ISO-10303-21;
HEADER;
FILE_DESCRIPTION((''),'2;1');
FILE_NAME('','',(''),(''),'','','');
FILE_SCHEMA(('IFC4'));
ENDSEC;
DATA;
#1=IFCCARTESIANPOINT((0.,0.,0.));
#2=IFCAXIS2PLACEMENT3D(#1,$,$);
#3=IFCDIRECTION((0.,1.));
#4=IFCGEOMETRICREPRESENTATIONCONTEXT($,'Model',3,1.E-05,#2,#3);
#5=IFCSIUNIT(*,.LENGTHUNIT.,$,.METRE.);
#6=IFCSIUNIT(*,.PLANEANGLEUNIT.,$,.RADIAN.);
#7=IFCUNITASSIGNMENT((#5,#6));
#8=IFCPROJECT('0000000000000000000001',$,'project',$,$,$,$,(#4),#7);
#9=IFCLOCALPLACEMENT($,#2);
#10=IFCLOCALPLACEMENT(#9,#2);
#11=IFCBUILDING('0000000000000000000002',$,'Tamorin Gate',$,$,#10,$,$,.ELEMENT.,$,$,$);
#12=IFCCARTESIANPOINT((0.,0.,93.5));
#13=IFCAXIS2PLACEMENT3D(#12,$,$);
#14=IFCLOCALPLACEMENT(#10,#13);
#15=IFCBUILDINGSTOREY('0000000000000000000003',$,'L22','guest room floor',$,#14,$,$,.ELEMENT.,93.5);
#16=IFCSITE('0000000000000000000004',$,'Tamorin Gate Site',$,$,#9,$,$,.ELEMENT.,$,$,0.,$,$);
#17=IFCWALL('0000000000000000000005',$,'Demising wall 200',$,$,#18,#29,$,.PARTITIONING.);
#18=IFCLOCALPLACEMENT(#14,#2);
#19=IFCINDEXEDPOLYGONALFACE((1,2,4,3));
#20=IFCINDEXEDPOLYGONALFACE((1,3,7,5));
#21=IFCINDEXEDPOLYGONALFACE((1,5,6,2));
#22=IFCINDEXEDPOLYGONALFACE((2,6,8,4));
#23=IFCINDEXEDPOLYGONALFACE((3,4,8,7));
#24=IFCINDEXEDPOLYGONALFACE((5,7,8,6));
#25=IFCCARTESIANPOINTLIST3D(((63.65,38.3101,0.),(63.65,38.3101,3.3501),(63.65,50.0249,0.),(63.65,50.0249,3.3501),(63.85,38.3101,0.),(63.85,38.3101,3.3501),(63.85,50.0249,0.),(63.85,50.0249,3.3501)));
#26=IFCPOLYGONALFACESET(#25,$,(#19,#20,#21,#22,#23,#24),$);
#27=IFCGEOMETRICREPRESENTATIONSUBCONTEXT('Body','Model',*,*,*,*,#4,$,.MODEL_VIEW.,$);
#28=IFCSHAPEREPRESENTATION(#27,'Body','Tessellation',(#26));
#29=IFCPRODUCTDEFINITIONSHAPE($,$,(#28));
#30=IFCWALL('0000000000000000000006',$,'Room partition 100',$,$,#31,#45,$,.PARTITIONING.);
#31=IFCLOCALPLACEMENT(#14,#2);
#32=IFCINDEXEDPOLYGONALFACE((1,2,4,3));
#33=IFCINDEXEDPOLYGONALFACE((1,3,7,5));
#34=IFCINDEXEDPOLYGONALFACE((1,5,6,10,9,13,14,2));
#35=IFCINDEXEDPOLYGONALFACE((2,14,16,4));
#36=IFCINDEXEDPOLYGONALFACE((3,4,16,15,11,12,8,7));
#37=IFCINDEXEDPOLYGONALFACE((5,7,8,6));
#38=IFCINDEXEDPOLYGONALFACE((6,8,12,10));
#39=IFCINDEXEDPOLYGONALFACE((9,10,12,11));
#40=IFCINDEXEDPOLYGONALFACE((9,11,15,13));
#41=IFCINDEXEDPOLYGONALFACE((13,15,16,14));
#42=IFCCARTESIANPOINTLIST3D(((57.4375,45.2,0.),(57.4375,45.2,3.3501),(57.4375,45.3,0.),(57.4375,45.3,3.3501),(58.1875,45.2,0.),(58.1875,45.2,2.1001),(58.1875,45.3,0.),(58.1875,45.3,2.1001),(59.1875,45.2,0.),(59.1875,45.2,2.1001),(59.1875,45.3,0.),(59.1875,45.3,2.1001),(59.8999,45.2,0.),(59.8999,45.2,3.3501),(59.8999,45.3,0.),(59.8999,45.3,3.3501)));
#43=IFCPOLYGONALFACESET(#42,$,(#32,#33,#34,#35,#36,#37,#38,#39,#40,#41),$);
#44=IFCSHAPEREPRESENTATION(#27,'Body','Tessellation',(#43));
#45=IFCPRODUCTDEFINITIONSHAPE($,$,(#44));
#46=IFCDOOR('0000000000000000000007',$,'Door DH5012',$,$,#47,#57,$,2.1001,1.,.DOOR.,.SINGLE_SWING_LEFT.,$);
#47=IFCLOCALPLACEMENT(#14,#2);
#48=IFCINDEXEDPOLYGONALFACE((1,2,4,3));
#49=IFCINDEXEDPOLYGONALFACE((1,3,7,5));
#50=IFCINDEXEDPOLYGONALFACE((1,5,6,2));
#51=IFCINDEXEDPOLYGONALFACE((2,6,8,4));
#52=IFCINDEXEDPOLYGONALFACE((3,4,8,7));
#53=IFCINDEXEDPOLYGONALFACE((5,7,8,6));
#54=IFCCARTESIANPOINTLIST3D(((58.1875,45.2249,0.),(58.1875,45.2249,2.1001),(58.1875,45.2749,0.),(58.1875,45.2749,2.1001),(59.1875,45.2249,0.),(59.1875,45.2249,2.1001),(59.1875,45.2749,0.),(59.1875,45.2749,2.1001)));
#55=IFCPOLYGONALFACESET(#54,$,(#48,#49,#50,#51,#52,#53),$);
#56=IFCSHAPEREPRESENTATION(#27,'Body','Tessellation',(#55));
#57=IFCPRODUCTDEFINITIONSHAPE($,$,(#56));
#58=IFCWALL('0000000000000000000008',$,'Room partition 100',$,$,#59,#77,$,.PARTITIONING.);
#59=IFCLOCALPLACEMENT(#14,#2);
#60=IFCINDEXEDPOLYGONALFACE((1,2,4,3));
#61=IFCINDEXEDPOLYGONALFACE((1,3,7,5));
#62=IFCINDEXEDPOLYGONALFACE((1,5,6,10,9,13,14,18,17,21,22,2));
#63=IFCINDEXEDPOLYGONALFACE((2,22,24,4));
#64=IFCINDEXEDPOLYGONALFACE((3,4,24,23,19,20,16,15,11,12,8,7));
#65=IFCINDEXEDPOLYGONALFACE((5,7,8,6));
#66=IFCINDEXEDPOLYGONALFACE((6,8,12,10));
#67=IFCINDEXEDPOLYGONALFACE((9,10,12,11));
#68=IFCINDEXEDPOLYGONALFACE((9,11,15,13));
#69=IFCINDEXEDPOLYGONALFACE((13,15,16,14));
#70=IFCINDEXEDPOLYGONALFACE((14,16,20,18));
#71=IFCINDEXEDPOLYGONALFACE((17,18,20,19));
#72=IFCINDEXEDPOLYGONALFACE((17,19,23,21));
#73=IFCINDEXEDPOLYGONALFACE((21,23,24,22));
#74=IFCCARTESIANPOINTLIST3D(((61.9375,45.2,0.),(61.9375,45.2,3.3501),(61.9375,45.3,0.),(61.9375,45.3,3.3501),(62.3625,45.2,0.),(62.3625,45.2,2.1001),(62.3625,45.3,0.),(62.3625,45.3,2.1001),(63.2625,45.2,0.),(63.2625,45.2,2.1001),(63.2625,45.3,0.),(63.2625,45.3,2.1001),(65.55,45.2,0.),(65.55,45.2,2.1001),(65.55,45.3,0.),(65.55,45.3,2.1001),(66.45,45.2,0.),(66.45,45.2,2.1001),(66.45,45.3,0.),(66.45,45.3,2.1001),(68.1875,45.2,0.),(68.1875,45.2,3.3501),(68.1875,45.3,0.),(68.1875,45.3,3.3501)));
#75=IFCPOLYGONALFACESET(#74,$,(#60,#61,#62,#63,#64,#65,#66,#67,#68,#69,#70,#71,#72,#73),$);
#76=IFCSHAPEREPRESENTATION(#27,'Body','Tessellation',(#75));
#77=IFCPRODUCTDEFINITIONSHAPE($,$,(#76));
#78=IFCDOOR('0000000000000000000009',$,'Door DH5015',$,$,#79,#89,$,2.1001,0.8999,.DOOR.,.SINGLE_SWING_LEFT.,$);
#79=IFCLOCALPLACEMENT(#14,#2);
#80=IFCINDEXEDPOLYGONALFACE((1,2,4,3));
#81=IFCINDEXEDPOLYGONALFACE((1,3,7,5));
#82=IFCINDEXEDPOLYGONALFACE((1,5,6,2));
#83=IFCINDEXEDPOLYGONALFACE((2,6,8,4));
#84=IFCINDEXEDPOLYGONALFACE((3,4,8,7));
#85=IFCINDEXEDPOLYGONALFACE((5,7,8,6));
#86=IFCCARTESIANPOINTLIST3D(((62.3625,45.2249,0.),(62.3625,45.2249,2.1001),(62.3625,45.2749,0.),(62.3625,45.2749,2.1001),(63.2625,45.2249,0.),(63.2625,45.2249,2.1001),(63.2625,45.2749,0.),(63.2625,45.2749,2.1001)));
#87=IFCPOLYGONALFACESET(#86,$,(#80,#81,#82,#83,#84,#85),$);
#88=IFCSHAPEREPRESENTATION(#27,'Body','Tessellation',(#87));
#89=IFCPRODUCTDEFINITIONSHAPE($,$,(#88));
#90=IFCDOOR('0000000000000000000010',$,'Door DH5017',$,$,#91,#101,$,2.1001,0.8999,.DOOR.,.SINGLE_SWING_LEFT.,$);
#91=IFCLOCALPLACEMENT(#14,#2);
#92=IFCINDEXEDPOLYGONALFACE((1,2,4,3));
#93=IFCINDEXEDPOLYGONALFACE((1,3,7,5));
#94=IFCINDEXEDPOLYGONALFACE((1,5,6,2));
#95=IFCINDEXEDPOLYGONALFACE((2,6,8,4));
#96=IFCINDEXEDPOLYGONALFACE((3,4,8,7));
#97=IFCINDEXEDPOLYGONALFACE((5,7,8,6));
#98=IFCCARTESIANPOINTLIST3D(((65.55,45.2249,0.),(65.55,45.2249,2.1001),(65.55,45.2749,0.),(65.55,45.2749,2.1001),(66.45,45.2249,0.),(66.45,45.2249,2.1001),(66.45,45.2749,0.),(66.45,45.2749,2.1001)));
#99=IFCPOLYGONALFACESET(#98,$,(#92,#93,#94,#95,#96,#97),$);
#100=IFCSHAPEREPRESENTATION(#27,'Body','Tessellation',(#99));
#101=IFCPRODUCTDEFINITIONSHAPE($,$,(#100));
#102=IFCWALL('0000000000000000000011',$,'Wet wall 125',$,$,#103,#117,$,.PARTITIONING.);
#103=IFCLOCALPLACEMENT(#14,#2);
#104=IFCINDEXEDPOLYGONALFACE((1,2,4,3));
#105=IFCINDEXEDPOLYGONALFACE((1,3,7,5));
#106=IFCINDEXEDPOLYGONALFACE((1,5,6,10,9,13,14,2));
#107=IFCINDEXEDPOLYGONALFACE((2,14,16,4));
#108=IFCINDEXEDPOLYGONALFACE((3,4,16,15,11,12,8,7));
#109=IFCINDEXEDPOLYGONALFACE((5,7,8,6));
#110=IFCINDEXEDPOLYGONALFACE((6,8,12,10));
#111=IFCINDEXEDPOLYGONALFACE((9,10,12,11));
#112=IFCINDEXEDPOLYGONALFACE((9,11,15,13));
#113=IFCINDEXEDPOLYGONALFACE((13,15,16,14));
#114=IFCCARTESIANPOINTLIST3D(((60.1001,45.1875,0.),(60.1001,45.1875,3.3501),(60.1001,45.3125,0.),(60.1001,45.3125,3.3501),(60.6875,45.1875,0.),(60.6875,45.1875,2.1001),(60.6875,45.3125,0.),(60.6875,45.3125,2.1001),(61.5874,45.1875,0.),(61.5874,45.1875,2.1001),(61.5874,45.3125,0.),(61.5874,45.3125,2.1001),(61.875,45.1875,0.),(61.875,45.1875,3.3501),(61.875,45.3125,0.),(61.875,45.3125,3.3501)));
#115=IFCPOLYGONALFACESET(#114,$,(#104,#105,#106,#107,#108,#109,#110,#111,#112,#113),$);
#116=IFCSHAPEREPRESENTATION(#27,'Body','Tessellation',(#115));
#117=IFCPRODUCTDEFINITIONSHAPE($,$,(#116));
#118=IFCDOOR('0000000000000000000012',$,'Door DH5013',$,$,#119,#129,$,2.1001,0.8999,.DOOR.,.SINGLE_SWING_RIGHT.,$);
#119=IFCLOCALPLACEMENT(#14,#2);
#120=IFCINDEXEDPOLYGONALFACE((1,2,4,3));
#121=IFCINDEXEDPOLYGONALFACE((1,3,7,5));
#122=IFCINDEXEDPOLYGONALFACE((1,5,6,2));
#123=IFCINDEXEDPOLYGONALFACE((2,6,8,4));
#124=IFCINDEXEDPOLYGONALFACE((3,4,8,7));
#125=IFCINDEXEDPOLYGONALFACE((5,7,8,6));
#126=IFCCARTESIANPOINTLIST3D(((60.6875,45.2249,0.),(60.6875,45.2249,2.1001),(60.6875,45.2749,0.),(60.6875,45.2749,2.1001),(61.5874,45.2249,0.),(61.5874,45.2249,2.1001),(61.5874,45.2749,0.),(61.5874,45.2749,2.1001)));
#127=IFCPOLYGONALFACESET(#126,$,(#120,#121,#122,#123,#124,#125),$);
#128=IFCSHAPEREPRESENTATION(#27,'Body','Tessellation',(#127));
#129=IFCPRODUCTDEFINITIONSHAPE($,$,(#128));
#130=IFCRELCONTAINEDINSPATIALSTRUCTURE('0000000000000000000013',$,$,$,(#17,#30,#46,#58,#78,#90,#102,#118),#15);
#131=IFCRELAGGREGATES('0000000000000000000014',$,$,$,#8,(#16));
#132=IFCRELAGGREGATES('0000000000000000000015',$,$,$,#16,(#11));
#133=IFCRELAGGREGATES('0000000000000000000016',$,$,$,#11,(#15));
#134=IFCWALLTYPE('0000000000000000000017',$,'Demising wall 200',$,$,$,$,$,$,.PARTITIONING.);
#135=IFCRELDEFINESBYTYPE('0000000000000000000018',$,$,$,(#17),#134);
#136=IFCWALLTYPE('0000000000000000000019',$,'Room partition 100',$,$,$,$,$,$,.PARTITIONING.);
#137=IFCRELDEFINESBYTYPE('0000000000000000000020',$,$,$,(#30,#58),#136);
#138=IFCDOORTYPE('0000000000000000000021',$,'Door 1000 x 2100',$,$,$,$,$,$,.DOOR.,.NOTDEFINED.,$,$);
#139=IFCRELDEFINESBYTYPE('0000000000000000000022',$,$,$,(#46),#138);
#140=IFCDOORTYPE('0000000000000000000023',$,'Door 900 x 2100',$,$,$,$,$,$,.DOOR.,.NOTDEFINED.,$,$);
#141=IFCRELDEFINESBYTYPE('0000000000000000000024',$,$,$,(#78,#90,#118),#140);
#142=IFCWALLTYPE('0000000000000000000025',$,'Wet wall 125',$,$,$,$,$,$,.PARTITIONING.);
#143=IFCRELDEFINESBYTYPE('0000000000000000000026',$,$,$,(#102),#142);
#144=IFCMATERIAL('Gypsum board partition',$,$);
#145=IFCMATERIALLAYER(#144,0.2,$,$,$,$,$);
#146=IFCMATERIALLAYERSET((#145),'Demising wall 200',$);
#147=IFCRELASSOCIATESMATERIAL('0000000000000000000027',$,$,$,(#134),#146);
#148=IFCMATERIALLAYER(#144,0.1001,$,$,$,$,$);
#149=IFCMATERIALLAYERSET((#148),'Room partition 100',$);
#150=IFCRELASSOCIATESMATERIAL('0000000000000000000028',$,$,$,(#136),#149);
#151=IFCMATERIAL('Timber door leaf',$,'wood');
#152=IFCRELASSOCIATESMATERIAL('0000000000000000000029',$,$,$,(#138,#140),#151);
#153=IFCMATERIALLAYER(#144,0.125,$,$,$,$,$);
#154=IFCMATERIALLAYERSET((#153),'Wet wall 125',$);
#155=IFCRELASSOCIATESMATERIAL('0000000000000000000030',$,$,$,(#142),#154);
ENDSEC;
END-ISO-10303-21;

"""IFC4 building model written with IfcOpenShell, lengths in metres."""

from ifc_helpers import new_model, si_unit, direction, frame, frame_2d, origin, place, context, subcontext, project, spatial, rectangle, extrude, material, layer, layer_set, type_object, element, fill, save


model = new_model("IFC4")

# Units and contexts
model_context = context("Model", 3, precision=1e-05, world=origin(), true_north=direction((0.0, 1.0)))
body_context = subcontext(model_context, "Body", "Model", "MODEL_VIEW")
ifc_project = project(units=[si_unit("LENGTHUNIT", "METRE"), si_unit("PLANEANGLEUNIT", "RADIAN")], contexts=[model_context])

# Site, building, storey
site_placement = place(None, origin())
site = spatial("IfcSite", under=ifc_project, at=site_placement, Name="Tamorin Gate Site", CompositionType="ELEMENT", RefElevation=0.0)
building_placement = place(site_placement, origin())
building = spatial("IfcBuilding", under=site, at=building_placement, Name="Tamorin Gate", CompositionType="ELEMENT")
storey_placement = place(building_placement, frame((0.0, 0.0, 93.5)))
storey = spatial("IfcBuildingStorey", under=building, at=storey_placement, Name="L22", Description="guest room floor", CompositionType="ELEMENT", Elevation=93.5)

# Wall
ifc_material_1 = material(Name="Gypsum board partition")
ifc_layer_1 = layer(ifc_material_1, 0.2)
ifc_layer_set_1 = layer_set([ifc_layer_1], Name="Demising wall 200")
wall_type_1 = type_object("IfcWallType", Name="Demising wall 200", PredefinedType="PARTITIONING", material=ifc_layer_set_1)
wall_1_placement = place(storey_placement, frame((63.75, 38.3101, 0.0), z_axis=(0.0, 0.0, 1.0), x_axis=(0.0, 1.0, 0.0)))
element("IfcWall", 1, at=wall_1_placement, inside=storey, type_object=wall_type_1, Name="Demising wall 200", PredefinedType="PARTITIONING", context=body_context, shape_type="SweptSolid", body=[
    extrude(rectangle(XDim=11.7148, YDim=0.2, at=frame_2d((5.8574, 0.0))), origin(), (0.0, 0.0, 1.0), 3.3501),
])

# Wall, opening, door
ifc_layer_2 = layer(ifc_material_1, 0.1001)
ifc_layer_set_2 = layer_set([ifc_layer_2], Name="Room partition 100")
wall_type_2 = type_object("IfcWallType", Name="Room partition 100", PredefinedType="PARTITIONING", material=ifc_layer_set_2)
wall_2_placement = place(storey_placement, frame((57.4375, 45.25, 0.0), z_axis=(0.0, 0.0, 1.0), x_axis=(1.0, 0.0, 0.0)))
wall_2 = element("IfcWall", 2, at=wall_2_placement, inside=storey, type_object=wall_type_2, Name="Room partition 100", PredefinedType="PARTITIONING", context=body_context, shape_type="SweptSolid", body=[
    extrude(rectangle(XDim=2.4624, YDim=0.1001, at=frame_2d((1.2312, 0.0))), origin(), (0.0, 0.0, 1.0), 3.3501),
])
opening_1_placement = place(wall_2_placement, frame((0.75, 0.0, 0.0)))
opening_1 = element("IfcOpeningElement", 3, at=opening_1_placement, cuts=wall_2, PredefinedType="OPENING", context=body_context, shape_type="SweptSolid", body=[
    extrude(rectangle(XDim=1.0, YDim=2.1001, at=frame_2d((0.5, 1.05))), frame((0.0, 0.0601, 0.0), z_axis=(0.0, -1.0, 0.0), x_axis=(1.0, 0.0, 0.0)), (0.0, 0.0, 1.0), 0.1201),
])
ifc_material_2 = material(Name="Timber door leaf", Category="wood")
door_type_1 = type_object("IfcDoorType", Name="Door 1000 x 2100", OperationType="NOTDEFINED", PredefinedType="DOOR", material=ifc_material_2)
door_1_placement = place(opening_1_placement, origin())
door_1 = element("IfcDoor", 4, at=door_1_placement, inside=storey, type_object=door_type_1, Name="Door DH5012", OperationType="SINGLE_SWING_LEFT", OverallHeight=2.1001, OverallWidth=1.0, PredefinedType="DOOR", context=body_context, shape_type="SweptSolid", body=[
    extrude(rectangle(XDim=1.0, YDim=2.1001, at=frame_2d((0.5, 1.05))), frame((0.0, 0.0249, 0.0), z_axis=(0.0, -1.0, 0.0), x_axis=(1.0, 0.0, 0.0)), (0.0, 0.0, 1.0), 0.05),
])
fill(opening_1, door_1)

# Wall, openings, doors
wall_3_placement = place(storey_placement, frame((61.9375, 45.25, 0.0), z_axis=(0.0, 0.0, 1.0), x_axis=(1.0, 0.0, 0.0)))
wall_3 = element("IfcWall", 5, at=wall_3_placement, inside=storey, type_object=wall_type_2, Name="Room partition 100", PredefinedType="PARTITIONING", context=body_context, shape_type="SweptSolid", body=[
    extrude(rectangle(XDim=6.25, YDim=0.1001, at=frame_2d((3.125, 0.0))), origin(), (0.0, 0.0, 1.0), 3.3501),
])
opening_2_placement = place(wall_3_placement, frame((0.425, 0.0, 0.0)))
opening_2 = element("IfcOpeningElement", 6, at=opening_2_placement, cuts=wall_3, PredefinedType="OPENING", context=body_context, shape_type="SweptSolid", body=[
    extrude(rectangle(XDim=0.8999, YDim=2.1001, at=frame_2d((0.45, 1.05))), frame((0.0, 0.0601, 0.0), z_axis=(0.0, -1.0, 0.0), x_axis=(1.0, 0.0, 0.0)), (0.0, 0.0, 1.0), 0.1201),
])
opening_3_placement = place(wall_3_placement, frame((3.6125, 0.0, 0.0)))
opening_3 = element("IfcOpeningElement", 7, at=opening_3_placement, cuts=wall_3, PredefinedType="OPENING", context=body_context, shape_type="SweptSolid", body=[
    extrude(rectangle(XDim=0.8999, YDim=2.1001, at=frame_2d((0.45, 1.05))), frame((0.0, 0.0601, 0.0), z_axis=(0.0, -1.0, 0.0), x_axis=(1.0, 0.0, 0.0)), (0.0, 0.0, 1.0), 0.1201),
])
door_type_2 = type_object("IfcDoorType", Name="Door 900 x 2100", OperationType="NOTDEFINED", PredefinedType="DOOR", material=ifc_material_2)
door_2_placement = place(opening_2_placement, origin())
door_2 = element("IfcDoor", 8, at=door_2_placement, inside=storey, type_object=door_type_2, Name="Door DH5015", OperationType="SINGLE_SWING_LEFT", OverallHeight=2.1001, OverallWidth=0.8999, PredefinedType="DOOR", context=body_context, shape_type="SweptSolid", body=[
    extrude(rectangle(XDim=0.8999, YDim=2.1001, at=frame_2d((0.45, 1.05))), frame((0.0, 0.0249, 0.0), z_axis=(0.0, -1.0, 0.0), x_axis=(1.0, 0.0, 0.0)), (0.0, 0.0, 1.0), 0.05),
])
fill(opening_2, door_2)
door_3_placement = place(opening_3_placement, origin())
door_3 = element("IfcDoor", 9, at=door_3_placement, inside=storey, type_object=door_type_2, Name="Door DH5017", OperationType="SINGLE_SWING_LEFT", OverallHeight=2.1001, OverallWidth=0.8999, PredefinedType="DOOR", context=body_context, shape_type="SweptSolid", body=[
    extrude(rectangle(XDim=0.8999, YDim=2.1001, at=frame_2d((0.45, 1.05))), frame((0.0, 0.0249, 0.0), z_axis=(0.0, -1.0, 0.0), x_axis=(1.0, 0.0, 0.0)), (0.0, 0.0, 1.0), 0.05),
])
fill(opening_3, door_3)

# Wall, opening, door
ifc_layer_3 = layer(ifc_material_1, 0.125)
ifc_layer_set_3 = layer_set([ifc_layer_3], Name="Wet wall 125")
wall_type_3 = type_object("IfcWallType", Name="Wet wall 125", PredefinedType="PARTITIONING", material=ifc_layer_set_3)
wall_4_placement = place(storey_placement, frame((60.1001, 45.25, 0.0), z_axis=(0.0, 0.0, 1.0), x_axis=(1.0, 0.0, 0.0)))
wall_4 = element("IfcWall", 10, at=wall_4_placement, inside=storey, type_object=wall_type_3, Name="Wet wall 125", PredefinedType="PARTITIONING", context=body_context, shape_type="SweptSolid", body=[
    extrude(rectangle(XDim=1.7749, YDim=0.125, at=frame_2d((0.8875, 0.0))), origin(), (0.0, 0.0, 1.0), 3.3501),
])
opening_4_placement = place(wall_4_placement, frame((0.5874, 0.0, 0.0)))
opening_4 = element("IfcOpeningElement", 11, at=opening_4_placement, cuts=wall_4, PredefinedType="OPENING", context=body_context, shape_type="SweptSolid", body=[
    extrude(rectangle(XDim=0.8999, YDim=2.1001, at=frame_2d((0.45, 1.05))), frame((0.0, 0.0725, 0.0), z_axis=(0.0, -1.0, 0.0), x_axis=(1.0, 0.0, 0.0)), (0.0, 0.0, 1.0), 0.145),
])
door_4_placement = place(opening_4_placement, origin())
door_4 = element("IfcDoor", 12, at=door_4_placement, inside=storey, type_object=door_type_2, Name="Door DH5013", OperationType="SINGLE_SWING_RIGHT", OverallHeight=2.1001, OverallWidth=0.8999, PredefinedType="DOOR", context=body_context, shape_type="SweptSolid", body=[
    extrude(rectangle(XDim=0.8999, YDim=2.1001, at=frame_2d((0.45, 1.05))), frame((0.0, 0.0249, 0.0), z_axis=(0.0, -1.0, 0.0), x_axis=(1.0, 0.0, 0.0)), (0.0, 0.0, 1.0), 0.05),
])
fill(opening_4, door_4)

save(model, "model.ifc")
